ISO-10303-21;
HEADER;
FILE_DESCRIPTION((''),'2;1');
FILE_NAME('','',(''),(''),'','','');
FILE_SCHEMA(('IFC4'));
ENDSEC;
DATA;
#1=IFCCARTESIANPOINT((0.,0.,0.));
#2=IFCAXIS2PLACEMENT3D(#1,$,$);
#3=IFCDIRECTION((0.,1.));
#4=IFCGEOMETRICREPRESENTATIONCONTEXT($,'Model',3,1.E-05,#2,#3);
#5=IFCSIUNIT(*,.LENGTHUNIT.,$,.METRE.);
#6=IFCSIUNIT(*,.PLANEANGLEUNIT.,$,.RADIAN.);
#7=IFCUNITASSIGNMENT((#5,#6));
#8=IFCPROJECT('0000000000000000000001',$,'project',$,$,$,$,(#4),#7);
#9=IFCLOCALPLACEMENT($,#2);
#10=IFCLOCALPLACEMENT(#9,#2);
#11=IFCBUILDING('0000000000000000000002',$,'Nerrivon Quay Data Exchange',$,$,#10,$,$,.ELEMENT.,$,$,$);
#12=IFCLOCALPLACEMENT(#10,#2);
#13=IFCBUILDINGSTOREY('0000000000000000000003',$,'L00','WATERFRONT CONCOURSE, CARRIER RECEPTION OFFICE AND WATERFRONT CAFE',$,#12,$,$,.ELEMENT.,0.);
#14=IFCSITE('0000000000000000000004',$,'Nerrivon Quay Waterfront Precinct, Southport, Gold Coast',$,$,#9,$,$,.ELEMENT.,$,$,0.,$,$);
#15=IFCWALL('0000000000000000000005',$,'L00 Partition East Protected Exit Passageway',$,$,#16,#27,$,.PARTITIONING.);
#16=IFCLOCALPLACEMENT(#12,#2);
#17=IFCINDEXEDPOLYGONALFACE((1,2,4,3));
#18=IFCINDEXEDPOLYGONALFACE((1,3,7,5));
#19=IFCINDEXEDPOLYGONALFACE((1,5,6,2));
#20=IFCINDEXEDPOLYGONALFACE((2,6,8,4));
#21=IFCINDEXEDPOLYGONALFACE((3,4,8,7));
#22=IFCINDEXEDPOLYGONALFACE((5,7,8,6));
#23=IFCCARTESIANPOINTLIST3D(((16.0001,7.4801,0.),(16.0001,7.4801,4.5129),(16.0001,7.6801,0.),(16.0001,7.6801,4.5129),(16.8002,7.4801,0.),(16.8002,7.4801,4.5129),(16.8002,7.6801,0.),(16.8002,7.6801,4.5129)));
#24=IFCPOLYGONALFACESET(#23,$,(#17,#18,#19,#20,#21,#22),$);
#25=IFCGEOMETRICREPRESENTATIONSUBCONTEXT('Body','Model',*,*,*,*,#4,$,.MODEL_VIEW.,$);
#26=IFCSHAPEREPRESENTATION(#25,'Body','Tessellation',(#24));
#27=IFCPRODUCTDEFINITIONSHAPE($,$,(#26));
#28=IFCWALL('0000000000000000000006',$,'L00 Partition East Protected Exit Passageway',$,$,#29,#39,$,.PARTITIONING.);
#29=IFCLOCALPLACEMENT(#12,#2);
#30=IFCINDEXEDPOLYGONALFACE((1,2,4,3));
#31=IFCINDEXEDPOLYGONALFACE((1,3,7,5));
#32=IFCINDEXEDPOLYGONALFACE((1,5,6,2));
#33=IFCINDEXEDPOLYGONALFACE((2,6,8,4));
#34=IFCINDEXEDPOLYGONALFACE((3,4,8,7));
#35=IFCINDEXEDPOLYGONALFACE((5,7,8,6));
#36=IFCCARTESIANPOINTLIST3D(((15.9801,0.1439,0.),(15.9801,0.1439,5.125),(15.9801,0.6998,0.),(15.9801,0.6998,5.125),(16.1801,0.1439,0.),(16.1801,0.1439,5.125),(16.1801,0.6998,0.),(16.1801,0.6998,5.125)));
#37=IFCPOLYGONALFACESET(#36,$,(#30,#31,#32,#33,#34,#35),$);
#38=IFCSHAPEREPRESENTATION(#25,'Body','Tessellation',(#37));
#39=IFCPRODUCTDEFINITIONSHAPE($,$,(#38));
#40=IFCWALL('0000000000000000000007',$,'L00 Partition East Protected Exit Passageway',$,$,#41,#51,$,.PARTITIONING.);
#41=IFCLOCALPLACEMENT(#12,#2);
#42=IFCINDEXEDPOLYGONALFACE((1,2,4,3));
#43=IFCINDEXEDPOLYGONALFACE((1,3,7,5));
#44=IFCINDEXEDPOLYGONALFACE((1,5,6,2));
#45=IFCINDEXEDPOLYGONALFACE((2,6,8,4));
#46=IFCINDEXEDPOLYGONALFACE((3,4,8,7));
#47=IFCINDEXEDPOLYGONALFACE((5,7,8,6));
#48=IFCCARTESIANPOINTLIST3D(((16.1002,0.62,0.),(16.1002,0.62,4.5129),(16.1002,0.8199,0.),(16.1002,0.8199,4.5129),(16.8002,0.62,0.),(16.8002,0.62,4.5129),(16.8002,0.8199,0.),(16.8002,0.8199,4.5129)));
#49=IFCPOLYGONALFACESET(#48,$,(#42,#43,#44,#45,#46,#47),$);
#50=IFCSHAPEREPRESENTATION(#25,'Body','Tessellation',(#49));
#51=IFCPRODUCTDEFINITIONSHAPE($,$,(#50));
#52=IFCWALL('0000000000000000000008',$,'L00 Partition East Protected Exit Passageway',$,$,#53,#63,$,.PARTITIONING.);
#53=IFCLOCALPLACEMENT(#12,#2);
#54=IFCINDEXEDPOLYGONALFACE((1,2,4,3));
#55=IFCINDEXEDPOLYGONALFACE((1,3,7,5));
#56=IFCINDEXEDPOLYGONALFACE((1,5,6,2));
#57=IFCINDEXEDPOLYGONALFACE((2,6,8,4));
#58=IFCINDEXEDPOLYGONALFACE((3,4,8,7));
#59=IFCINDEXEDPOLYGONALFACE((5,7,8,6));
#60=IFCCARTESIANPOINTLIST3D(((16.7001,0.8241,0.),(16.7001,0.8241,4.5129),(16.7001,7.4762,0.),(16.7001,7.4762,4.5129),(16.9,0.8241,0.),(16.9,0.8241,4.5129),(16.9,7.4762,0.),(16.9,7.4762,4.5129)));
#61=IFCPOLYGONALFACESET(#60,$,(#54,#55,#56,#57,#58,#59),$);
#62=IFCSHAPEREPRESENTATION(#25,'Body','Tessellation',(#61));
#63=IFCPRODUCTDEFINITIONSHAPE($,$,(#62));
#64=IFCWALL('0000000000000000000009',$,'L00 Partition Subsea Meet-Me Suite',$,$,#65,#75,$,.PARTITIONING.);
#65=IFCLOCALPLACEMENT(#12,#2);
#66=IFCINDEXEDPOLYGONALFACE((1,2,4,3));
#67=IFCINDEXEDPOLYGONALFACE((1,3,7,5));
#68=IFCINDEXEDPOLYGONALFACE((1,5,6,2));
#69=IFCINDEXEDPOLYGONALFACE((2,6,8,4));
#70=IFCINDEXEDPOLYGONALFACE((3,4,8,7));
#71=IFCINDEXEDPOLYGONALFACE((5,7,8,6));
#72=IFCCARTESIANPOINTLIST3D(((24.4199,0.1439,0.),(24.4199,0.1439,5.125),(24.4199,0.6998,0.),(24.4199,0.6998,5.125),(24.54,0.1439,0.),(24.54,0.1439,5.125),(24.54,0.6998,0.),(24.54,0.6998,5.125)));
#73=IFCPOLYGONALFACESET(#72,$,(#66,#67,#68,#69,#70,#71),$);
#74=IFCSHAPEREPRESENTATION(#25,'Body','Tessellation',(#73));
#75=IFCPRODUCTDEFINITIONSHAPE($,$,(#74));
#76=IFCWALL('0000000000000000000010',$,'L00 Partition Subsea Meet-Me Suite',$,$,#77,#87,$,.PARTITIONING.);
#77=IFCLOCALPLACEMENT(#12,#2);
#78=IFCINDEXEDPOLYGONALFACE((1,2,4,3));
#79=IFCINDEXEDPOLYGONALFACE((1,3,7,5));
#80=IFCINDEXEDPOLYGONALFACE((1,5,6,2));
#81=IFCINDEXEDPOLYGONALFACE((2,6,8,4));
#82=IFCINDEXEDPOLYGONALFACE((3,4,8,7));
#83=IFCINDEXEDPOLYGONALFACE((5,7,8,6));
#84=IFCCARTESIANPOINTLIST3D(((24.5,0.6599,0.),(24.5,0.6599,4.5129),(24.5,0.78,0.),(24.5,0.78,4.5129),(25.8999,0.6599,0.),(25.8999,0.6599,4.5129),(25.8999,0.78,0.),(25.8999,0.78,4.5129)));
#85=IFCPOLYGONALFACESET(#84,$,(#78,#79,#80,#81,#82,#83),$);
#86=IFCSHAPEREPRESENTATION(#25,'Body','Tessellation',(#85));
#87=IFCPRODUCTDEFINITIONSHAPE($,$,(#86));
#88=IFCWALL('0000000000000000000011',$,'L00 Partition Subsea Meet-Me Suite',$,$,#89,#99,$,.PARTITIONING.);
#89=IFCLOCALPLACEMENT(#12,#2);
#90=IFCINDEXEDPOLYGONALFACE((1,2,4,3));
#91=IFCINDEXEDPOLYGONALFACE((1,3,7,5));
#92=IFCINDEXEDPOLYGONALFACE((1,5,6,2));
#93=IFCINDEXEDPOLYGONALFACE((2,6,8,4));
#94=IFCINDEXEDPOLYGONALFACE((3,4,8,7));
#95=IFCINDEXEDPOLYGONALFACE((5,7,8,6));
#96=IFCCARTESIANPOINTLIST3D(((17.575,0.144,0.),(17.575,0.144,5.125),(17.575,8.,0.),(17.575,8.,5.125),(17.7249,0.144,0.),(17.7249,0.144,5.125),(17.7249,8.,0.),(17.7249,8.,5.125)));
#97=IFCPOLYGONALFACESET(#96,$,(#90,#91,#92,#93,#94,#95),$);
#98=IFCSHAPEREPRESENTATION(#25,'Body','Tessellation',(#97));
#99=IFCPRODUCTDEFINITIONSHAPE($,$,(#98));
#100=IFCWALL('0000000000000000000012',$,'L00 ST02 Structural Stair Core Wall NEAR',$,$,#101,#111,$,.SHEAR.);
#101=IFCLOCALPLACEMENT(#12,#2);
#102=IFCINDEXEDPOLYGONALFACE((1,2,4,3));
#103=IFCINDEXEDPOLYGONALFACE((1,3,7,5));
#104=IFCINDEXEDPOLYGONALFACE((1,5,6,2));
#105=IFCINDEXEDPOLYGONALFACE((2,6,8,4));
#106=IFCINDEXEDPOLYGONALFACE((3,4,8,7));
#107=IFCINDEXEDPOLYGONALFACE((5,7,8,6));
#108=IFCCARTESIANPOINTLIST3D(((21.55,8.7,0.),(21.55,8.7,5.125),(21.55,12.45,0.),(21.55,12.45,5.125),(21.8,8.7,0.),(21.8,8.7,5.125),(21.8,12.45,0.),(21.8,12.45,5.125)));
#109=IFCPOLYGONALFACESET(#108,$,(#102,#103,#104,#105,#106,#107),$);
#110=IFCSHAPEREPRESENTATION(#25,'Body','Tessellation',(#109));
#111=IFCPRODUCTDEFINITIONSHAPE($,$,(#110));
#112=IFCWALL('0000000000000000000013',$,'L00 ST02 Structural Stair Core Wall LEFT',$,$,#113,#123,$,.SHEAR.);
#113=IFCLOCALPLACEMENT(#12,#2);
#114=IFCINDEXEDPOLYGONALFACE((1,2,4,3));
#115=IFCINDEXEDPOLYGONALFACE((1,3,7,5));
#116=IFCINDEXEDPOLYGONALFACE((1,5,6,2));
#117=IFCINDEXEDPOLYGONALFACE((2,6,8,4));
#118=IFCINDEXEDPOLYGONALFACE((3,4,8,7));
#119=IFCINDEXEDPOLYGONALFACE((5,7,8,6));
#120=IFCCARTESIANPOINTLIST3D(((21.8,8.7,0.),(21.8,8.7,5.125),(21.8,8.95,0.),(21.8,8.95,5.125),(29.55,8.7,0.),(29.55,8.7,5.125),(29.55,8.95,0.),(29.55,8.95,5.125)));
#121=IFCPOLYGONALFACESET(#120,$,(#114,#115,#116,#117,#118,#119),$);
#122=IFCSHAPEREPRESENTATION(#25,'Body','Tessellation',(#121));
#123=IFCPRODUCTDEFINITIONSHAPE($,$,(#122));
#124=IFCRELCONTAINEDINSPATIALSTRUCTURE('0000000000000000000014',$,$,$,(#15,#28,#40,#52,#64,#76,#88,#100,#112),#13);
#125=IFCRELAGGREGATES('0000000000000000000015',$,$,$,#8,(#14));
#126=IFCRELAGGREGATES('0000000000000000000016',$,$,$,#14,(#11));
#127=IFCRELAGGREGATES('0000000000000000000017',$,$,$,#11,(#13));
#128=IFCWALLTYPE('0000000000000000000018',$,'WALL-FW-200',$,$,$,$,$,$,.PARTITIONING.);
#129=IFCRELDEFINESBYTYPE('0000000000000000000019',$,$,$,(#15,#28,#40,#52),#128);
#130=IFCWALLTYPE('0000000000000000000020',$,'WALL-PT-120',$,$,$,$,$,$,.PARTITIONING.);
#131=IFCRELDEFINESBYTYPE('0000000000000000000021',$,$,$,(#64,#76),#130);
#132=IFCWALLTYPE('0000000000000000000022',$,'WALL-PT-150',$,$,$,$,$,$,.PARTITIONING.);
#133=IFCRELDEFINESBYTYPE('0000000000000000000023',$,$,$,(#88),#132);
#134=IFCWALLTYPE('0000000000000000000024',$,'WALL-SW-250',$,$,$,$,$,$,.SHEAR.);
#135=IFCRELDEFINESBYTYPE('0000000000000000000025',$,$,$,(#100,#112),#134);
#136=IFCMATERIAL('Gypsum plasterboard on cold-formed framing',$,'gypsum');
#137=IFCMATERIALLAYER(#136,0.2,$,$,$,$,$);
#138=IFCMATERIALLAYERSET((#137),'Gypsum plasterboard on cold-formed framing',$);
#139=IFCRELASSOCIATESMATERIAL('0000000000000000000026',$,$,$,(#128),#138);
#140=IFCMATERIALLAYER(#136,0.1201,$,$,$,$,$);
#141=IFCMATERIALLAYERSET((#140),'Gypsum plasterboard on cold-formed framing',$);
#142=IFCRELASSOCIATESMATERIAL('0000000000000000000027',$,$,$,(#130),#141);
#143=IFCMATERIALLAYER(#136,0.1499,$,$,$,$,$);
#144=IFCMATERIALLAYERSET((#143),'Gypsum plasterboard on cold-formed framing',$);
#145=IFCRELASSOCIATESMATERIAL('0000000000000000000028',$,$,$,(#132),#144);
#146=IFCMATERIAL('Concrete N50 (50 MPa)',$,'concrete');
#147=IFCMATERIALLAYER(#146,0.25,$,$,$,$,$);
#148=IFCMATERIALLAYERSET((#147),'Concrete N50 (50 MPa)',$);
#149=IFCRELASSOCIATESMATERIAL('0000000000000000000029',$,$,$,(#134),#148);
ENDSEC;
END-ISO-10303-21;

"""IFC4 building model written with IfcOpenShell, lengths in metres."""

from ifc_helpers import new_model, si_unit, direction, frame, frame_2d, origin, place, context, subcontext, project, spatial, rectangle, extrude, material, layer, layer_set, type_object, element, save


model = new_model("IFC4")

# Units and contexts
model_context = context("Model", 3, precision=1e-05, world=origin(), true_north=direction((0.0, 1.0)))
body_context = subcontext(model_context, "Body", "Model", "MODEL_VIEW")
ifc_project = project(units=[si_unit("LENGTHUNIT", "METRE"), si_unit("PLANEANGLEUNIT", "RADIAN")], contexts=[model_context])

# Site, building, storey
site_placement = place(None, origin())
site = spatial("IfcSite", under=ifc_project, at=site_placement, Name="Nerrivon Quay Waterfront Precinct, Southport, Gold Coast", CompositionType="ELEMENT", RefElevation=0.0)
building_placement = place(site_placement, origin())
building = spatial("IfcBuilding", under=site, at=building_placement, Name="Nerrivon Quay Data Exchange", CompositionType="ELEMENT")
storey_placement = place(building_placement, origin())
storey = spatial("IfcBuildingStorey", under=building, at=storey_placement, Name="L00", Description="WATERFRONT CONCOURSE, CARRIER RECEPTION OFFICE AND WATERFRONT CAFE", CompositionType="ELEMENT", Elevation=0.0)

# Walls
ifc_material_1 = material(Name="Gypsum plasterboard on cold-formed framing", Category="gypsum")
ifc_layer_1 = layer(ifc_material_1, 0.2)
ifc_layer_set_1 = layer_set([ifc_layer_1], Name="Gypsum plasterboard on cold-formed framing")
wall_type_1 = type_object("IfcWallType", Name="WALL-FW-200", PredefinedType="PARTITIONING", material=ifc_layer_set_1)
wall_1_placement = place(storey_placement, frame((16.8, 7.5801, 0.0), z_axis=(0.0, 0.0, 1.0), x_axis=(-1.0, 0.0, 0.0)))
element("IfcWall", 1, at=wall_1_placement, inside=storey, type_object=wall_type_1, Name="L00 Partition East Protected Exit Passageway", PredefinedType="PARTITIONING", context=body_context, shape_type="SweptSolid", body=[
    extrude(rectangle(XDim=0.8, YDim=0.2, at=frame_2d((0.3999, 0.0))), origin(), (0.0, 0.0, 1.0), 4.5129),
])
wall_2_placement = place(storey_placement, frame((16.0801, 0.144, 0.0), z_axis=(0.0, 0.0, 1.0), x_axis=(0.0, 1.0, 0.0)))
element("IfcWall", 2, at=wall_2_placement, inside=storey, type_object=wall_type_1, Name="L00 Partition East Protected Exit Passageway", PredefinedType="PARTITIONING", context=body_context, shape_type="SweptSolid", body=[
    extrude(rectangle(XDim=0.5559, YDim=0.2, at=frame_2d((0.2778, 0.0))), origin(), (0.0, 0.0, 1.0), 5.125),
])
wall_3_placement = place(storey_placement, frame((16.1001, 0.72, 0.0), z_axis=(0.0, 0.0, 1.0), x_axis=(1.0, 0.0, 0.0)))
element("IfcWall", 3, at=wall_3_placement, inside=storey, type_object=wall_type_1, Name="L00 Partition East Protected Exit Passageway", PredefinedType="PARTITIONING", context=body_context, shape_type="SweptSolid", body=[
    extrude(rectangle(XDim=0.7, YDim=0.2, at=frame_2d((0.3501, 0.0))), origin(), (0.0, 0.0, 1.0), 4.5129),
])
wall_4_placement = place(storey_placement, frame((16.8, 0.824, 0.0), z_axis=(0.0, 0.0, 1.0), x_axis=(0.0, 1.0, 0.0)))
element("IfcWall", 4, at=wall_4_placement, inside=storey, type_object=wall_type_1, Name="L00 Partition East Protected Exit Passageway", PredefinedType="PARTITIONING", context=body_context, shape_type="SweptSolid", body=[
    extrude(rectangle(XDim=6.6521, YDim=0.2, at=frame_2d((3.3262, 0.0))), origin(), (0.0, 0.0, 1.0), 4.5129),
])
ifc_layer_2 = layer(ifc_material_1, 0.1201)
ifc_layer_set_2 = layer_set([ifc_layer_2], Name="Gypsum plasterboard on cold-formed framing")
wall_type_2 = type_object("IfcWallType", Name="WALL-PT-120", PredefinedType="PARTITIONING", material=ifc_layer_set_2)
wall_5_placement = place(storey_placement, frame((24.48, 0.144, 0.0), z_axis=(0.0, 0.0, 1.0), x_axis=(0.0, 1.0, 0.0)))
element("IfcWall", 5, at=wall_5_placement, inside=storey, type_object=wall_type_2, Name="L00 Partition Subsea Meet-Me Suite", PredefinedType="PARTITIONING", context=body_context, shape_type="SweptSolid", body=[
    extrude(rectangle(XDim=0.5559, YDim=0.1201, at=frame_2d((0.2778, 0.0))), origin(), (0.0, 0.0, 1.0), 5.125),
])
wall_6_placement = place(storey_placement, frame((24.5, 0.72, 0.0), z_axis=(0.0, 0.0, 1.0), x_axis=(1.0, 0.0, 0.0)))
element("IfcWall", 6, at=wall_6_placement, inside=storey, type_object=wall_type_2, Name="L00 Partition Subsea Meet-Me Suite", PredefinedType="PARTITIONING", context=body_context, shape_type="SweptSolid", body=[
    extrude(rectangle(XDim=1.3999, YDim=0.1201, at=frame_2d((0.7, 0.0))), origin(), (0.0, 0.0, 1.0), 4.5129),
])
ifc_layer_3 = layer(ifc_material_1, 0.1499)
ifc_layer_set_3 = layer_set([ifc_layer_3], Name="Gypsum plasterboard on cold-formed framing")
wall_type_3 = type_object("IfcWallType", Name="WALL-PT-150", PredefinedType="PARTITIONING", material=ifc_layer_set_3)
wall_7_placement = place(storey_placement, frame((17.6499, 8.0, 0.0), z_axis=(0.0, 0.0, 1.0), x_axis=(0.0, -1.0, 0.0)))
element("IfcWall", 7, at=wall_7_placement, inside=storey, type_object=wall_type_3, Name="L00 Partition Subsea Meet-Me Suite", PredefinedType="PARTITIONING", context=body_context, shape_type="SweptSolid", body=[
    extrude(rectangle(XDim=7.856, YDim=0.1499, at=frame_2d((3.928, 0.0))), origin(), (0.0, 0.0, 1.0), 5.125),
])
ifc_material_2 = material(Name="Concrete N50 (50 MPa)", Category="concrete")
ifc_layer_4 = layer(ifc_material_2, 0.25)
ifc_layer_set_4 = layer_set([ifc_layer_4], Name="Concrete N50 (50 MPa)")
wall_type_4 = type_object("IfcWallType", Name="WALL-SW-250", PredefinedType="SHEAR", material=ifc_layer_set_4)
wall_8_placement = place(storey_placement, frame((21.675, 8.7, 0.0), z_axis=(0.0, 0.0, 1.0), x_axis=(0.0, 1.0, 0.0)))
element("IfcWall", 8, at=wall_8_placement, inside=storey, type_object=wall_type_4, Name="L00 ST02 Structural Stair Core Wall NEAR", PredefinedType="SHEAR", context=body_context, shape_type="SweptSolid", body=[
    extrude(rectangle(XDim=3.75, YDim=0.25, at=frame_2d((1.875, 0.0))), origin(), (0.0, 0.0, 1.0), 5.125),
])
wall_9_placement = place(storey_placement, frame((21.8, 8.825, 0.0), z_axis=(0.0, 0.0, 1.0), x_axis=(1.0, 0.0, 0.0)))
element("IfcWall", 9, at=wall_9_placement, inside=storey, type_object=wall_type_4, Name="L00 ST02 Structural Stair Core Wall LEFT", PredefinedType="SHEAR", context=body_context, shape_type="SweptSolid", body=[
    extrude(rectangle(XDim=7.75, YDim=0.25, at=frame_2d((3.875, 0.0))), origin(), (0.0, 0.0, 1.0), 5.125),
])

save(model, "model.ifc")
